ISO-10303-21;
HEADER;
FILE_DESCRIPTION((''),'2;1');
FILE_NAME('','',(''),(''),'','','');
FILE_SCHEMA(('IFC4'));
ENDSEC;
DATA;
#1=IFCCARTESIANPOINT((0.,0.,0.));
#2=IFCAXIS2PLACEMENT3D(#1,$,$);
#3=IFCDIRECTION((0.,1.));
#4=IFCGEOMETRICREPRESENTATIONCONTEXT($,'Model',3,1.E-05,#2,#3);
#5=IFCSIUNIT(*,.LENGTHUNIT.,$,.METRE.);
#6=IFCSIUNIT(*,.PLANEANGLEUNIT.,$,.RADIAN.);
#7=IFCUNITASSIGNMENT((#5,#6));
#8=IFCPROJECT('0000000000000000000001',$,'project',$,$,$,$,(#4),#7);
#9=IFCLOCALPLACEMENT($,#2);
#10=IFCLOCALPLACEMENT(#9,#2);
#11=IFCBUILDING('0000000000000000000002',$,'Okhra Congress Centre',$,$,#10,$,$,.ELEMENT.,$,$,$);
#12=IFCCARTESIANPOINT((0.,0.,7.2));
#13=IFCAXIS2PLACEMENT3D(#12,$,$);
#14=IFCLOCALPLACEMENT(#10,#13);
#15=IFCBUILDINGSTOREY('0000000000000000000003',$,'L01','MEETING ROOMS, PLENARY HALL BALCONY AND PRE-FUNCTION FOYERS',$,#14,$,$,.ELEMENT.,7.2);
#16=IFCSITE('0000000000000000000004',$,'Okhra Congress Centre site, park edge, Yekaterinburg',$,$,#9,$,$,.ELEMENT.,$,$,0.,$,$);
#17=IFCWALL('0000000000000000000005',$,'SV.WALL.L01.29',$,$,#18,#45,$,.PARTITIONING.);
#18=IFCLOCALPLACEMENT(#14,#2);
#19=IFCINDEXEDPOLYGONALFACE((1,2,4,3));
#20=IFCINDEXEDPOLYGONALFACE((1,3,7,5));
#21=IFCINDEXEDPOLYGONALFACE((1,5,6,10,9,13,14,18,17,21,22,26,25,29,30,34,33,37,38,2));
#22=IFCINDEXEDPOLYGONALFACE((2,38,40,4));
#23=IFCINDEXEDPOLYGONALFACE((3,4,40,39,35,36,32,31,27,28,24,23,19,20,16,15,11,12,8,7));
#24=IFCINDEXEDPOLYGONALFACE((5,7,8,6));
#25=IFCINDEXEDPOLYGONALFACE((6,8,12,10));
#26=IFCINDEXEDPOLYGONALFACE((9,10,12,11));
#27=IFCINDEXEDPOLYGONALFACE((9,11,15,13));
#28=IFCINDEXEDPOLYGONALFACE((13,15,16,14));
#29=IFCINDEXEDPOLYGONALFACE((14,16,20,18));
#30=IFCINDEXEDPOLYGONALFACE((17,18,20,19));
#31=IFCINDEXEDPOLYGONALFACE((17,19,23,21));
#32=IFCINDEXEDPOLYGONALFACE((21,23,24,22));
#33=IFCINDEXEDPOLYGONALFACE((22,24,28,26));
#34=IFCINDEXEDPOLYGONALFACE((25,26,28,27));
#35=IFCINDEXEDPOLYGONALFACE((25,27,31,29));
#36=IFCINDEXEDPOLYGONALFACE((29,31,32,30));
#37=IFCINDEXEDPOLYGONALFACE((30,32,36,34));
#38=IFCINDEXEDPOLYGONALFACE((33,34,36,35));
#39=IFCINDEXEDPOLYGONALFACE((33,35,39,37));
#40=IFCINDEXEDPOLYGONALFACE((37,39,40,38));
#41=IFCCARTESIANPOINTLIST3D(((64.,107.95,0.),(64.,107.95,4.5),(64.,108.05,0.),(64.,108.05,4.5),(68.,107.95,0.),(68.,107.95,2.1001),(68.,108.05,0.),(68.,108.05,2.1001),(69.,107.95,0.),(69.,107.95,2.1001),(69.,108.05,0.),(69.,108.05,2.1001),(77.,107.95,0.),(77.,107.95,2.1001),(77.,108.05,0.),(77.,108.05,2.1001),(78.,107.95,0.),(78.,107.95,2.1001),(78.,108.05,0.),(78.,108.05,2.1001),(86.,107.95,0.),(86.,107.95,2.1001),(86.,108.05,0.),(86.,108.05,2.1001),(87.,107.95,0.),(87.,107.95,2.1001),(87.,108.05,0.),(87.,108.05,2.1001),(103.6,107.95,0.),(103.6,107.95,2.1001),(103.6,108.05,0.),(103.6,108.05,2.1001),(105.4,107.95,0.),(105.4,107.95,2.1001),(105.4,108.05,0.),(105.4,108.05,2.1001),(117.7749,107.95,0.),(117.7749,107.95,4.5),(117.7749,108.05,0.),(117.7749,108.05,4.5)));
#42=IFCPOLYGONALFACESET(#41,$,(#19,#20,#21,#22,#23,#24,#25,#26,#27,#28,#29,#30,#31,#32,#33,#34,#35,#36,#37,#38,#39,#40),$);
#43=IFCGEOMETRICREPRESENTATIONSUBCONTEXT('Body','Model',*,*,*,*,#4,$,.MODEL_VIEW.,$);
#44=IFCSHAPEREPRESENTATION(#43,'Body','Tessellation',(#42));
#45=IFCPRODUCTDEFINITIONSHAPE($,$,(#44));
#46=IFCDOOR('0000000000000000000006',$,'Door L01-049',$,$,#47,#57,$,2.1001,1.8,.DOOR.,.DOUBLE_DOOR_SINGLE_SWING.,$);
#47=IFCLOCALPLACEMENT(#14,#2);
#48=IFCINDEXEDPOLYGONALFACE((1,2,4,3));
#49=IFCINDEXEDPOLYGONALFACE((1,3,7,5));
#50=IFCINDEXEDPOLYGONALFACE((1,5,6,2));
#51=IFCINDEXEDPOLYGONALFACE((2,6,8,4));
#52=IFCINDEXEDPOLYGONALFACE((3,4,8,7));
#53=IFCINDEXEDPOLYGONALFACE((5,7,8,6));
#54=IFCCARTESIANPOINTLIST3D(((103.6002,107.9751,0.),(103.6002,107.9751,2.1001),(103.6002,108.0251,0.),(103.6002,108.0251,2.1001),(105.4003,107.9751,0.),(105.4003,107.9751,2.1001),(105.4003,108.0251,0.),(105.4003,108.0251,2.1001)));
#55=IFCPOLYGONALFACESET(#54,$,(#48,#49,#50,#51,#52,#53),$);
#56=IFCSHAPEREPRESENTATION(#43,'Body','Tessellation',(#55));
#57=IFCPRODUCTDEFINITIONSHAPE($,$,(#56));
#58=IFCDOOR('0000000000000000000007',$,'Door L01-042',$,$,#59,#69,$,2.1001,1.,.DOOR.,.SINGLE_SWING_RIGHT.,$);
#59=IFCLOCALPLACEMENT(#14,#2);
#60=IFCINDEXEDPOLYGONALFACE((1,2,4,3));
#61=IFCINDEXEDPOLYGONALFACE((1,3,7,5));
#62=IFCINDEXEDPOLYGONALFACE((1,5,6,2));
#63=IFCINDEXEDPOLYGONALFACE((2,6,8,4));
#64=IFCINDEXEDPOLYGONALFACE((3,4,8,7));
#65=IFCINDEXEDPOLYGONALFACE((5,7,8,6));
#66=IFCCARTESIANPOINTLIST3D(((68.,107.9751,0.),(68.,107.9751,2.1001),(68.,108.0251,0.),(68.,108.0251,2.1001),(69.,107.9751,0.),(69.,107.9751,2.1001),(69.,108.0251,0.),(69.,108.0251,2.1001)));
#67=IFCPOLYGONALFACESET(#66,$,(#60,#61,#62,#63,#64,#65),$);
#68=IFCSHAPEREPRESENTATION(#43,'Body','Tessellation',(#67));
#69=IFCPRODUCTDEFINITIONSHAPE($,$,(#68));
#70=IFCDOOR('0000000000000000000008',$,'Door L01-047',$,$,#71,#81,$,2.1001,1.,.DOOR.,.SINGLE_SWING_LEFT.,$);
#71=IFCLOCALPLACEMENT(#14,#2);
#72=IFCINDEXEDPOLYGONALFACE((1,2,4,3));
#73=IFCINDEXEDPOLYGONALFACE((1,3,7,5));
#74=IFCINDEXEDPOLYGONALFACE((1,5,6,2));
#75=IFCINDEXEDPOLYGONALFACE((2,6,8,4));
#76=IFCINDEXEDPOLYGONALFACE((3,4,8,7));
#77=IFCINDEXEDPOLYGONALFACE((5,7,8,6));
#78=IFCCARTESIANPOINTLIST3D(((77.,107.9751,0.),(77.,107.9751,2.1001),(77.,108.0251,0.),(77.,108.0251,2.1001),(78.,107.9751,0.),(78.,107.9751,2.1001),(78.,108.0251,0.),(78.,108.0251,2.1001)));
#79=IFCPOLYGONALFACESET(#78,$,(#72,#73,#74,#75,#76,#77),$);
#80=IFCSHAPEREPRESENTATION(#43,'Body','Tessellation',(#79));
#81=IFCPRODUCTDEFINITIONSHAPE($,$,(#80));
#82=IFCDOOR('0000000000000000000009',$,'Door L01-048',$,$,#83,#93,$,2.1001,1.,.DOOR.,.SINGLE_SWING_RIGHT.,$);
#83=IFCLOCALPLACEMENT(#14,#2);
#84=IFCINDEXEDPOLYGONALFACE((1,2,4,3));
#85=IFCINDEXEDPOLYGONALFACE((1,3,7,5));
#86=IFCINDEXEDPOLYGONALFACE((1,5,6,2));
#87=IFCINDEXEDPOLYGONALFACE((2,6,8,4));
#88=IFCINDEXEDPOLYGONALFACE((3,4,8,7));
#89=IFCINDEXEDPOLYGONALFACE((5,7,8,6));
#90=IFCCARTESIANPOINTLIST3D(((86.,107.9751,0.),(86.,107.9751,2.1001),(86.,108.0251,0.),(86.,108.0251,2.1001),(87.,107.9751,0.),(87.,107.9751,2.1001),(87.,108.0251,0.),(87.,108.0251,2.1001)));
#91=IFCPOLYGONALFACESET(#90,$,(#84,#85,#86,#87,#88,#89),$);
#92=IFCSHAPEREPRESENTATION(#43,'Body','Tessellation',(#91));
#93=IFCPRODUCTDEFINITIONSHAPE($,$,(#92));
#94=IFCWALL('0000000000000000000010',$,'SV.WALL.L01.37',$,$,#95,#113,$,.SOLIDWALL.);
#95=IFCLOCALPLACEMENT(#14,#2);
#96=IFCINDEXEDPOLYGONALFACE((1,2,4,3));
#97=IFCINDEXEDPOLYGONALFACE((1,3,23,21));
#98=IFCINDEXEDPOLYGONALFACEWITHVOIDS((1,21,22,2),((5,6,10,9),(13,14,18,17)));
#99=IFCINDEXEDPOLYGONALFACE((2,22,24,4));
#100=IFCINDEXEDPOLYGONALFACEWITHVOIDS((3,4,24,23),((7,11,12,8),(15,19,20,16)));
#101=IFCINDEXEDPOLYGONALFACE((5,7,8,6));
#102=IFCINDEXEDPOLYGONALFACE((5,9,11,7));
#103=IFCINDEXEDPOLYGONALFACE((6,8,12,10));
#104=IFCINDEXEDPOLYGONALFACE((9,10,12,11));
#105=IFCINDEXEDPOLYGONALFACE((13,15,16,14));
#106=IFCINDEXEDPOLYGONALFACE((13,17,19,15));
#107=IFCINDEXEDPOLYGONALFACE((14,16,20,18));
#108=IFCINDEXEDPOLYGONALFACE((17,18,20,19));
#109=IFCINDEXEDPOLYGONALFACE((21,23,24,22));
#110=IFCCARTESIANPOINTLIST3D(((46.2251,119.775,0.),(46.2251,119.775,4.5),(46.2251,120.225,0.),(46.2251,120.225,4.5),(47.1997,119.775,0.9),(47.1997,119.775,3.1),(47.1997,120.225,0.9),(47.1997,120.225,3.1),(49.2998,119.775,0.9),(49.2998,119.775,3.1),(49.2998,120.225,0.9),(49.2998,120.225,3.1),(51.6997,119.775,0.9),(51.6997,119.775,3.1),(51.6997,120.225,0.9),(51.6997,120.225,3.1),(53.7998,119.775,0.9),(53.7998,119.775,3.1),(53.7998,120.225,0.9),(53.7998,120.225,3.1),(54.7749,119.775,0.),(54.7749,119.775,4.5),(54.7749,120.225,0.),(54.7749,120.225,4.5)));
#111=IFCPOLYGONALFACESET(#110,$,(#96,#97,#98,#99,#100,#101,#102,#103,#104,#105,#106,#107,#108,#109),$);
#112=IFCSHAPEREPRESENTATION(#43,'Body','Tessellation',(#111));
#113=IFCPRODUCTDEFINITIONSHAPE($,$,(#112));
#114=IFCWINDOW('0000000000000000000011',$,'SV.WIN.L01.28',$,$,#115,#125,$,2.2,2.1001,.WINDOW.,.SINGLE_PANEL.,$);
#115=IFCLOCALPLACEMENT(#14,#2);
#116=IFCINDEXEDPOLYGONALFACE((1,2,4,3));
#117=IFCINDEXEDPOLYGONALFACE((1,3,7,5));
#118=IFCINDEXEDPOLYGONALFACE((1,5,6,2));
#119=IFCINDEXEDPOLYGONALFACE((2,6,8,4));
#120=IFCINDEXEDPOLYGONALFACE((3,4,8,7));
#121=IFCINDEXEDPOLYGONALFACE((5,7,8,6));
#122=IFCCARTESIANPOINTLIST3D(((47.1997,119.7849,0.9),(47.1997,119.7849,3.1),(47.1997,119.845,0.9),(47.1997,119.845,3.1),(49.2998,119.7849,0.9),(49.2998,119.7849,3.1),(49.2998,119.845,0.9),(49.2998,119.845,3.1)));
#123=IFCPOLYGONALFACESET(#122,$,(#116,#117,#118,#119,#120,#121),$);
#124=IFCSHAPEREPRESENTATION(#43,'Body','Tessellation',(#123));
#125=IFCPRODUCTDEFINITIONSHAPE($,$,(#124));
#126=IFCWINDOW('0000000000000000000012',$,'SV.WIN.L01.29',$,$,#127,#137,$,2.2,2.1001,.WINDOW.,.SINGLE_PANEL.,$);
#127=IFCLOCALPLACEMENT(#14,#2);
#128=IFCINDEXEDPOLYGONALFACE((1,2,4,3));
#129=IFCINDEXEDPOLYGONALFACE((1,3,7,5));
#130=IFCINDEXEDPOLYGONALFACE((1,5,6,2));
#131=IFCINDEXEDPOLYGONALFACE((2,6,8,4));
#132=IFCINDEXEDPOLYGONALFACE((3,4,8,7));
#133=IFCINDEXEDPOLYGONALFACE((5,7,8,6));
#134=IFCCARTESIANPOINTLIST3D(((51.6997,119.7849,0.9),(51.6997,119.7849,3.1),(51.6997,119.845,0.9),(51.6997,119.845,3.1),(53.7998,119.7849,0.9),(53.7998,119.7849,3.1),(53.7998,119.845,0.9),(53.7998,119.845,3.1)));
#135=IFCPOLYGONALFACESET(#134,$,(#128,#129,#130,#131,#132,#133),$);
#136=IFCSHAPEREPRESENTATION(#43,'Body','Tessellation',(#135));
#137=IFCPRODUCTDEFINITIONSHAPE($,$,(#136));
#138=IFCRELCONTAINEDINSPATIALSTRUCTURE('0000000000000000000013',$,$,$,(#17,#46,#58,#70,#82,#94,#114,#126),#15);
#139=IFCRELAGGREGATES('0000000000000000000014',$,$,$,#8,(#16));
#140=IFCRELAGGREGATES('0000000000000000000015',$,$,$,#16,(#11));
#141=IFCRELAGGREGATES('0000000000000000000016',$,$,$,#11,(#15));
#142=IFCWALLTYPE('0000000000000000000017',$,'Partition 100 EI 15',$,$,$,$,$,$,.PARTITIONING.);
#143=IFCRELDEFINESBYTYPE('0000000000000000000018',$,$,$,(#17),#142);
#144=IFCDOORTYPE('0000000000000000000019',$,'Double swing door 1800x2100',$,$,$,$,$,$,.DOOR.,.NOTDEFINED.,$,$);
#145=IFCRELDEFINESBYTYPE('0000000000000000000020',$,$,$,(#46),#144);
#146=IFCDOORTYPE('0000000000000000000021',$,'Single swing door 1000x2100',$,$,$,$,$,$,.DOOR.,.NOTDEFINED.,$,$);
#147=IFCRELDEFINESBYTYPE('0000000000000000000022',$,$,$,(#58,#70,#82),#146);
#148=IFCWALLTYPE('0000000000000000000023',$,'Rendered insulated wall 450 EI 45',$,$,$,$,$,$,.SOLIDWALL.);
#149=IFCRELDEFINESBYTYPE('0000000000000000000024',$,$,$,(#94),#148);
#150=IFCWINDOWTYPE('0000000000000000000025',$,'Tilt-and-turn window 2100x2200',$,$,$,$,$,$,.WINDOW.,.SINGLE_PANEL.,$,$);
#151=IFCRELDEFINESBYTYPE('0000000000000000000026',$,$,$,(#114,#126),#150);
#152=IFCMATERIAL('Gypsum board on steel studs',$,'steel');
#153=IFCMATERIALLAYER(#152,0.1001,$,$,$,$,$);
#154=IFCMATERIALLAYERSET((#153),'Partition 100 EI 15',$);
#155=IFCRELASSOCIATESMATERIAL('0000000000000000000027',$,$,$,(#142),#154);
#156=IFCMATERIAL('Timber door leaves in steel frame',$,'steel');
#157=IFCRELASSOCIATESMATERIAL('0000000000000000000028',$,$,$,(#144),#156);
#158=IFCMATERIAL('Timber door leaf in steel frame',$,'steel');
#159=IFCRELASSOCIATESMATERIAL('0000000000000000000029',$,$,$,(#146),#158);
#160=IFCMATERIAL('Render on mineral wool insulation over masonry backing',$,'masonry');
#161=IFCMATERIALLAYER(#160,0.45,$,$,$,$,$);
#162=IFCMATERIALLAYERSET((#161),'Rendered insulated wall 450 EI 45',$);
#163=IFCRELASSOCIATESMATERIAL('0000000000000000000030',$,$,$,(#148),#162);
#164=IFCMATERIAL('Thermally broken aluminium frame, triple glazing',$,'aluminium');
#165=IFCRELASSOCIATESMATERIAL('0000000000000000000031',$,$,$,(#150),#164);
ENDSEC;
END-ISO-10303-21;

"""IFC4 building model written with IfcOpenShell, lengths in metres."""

from ifc_helpers import new_model, si_unit, direction, frame, frame_2d, origin, place, context, subcontext, project, spatial, rectangle, extrude, material, layer, layer_set, type_object, element, fill, save


model = new_model("IFC4")

# Units and contexts
model_context = context("Model", 3, precision=1e-05, world=origin(), true_north=direction((0.0, 1.0)))
body_context = subcontext(model_context, "Body", "Model", "MODEL_VIEW")
ifc_project = project(units=[si_unit("LENGTHUNIT", "METRE"), si_unit("PLANEANGLEUNIT", "RADIAN")], contexts=[model_context])

# Site, building, storey
site_placement = place(None, origin())
site = spatial("IfcSite", under=ifc_project, at=site_placement, Name="Okhra Congress Centre site, park edge, Yekaterinburg", CompositionType="ELEMENT", RefElevation=0.0)
building_placement = place(site_placement, origin())
building = spatial("IfcBuilding", under=site, at=building_placement, Name="Okhra Congress Centre", CompositionType="ELEMENT")
storey_placement = place(building_placement, frame((0.0, 0.0, 7.2)))
storey = spatial("IfcBuildingStorey", under=building, at=storey_placement, Name="L01", Description="MEETING ROOMS, PLENARY HALL BALCONY AND PRE-FUNCTION FOYERS", CompositionType="ELEMENT", Elevation=7.2)

# Wall, openings, doors
ifc_material_1 = material(Name="Gypsum board on steel studs", Category="steel")
ifc_layer_1 = layer(ifc_material_1, 0.1001)
ifc_layer_set_1 = layer_set([ifc_layer_1], Name="Partition 100 EI 15")
wall_type_1 = type_object("IfcWallType", Name="Partition 100 EI 15", PredefinedType="PARTITIONING", material=ifc_layer_set_1)
wall_1_placement = place(storey_placement, frame((64.0, 108.0, 0.0), z_axis=(0.0, 0.0, 1.0), x_axis=(1.0, 0.0, 0.0)))
wall_1 = element("IfcWall", 1, at=wall_1_placement, inside=storey, type_object=wall_type_1, Name="SV.WALL.L01.29", PredefinedType="PARTITIONING", context=body_context, shape_type="SweptSolid", body=[
    extrude(rectangle(XDim=53.7749, YDim=0.1001, at=frame_2d((26.8875, 0.0))), origin(), (0.0, 0.0, 1.0), 4.5),
])
opening_1_placement = place(wall_1_placement, frame((4.0, 0.0, 0.0)))
opening_1 = element("IfcOpeningElement", 2, at=opening_1_placement, cuts=wall_1, PredefinedType="OPENING", context=body_context, shape_type="SweptSolid", body=[
    extrude(rectangle(XDim=1.0, YDim=2.1001, at=frame_2d((0.5, 1.05))), frame((0.0, 0.0601, 0.0), z_axis=(0.0, -1.0, 0.0), x_axis=(1.0, 0.0, 0.0)), (0.0, 0.0, 1.0), 0.1201),
])
opening_2_placement = place(wall_1_placement, frame((13.0, 0.0, 0.0)))
opening_2 = element("IfcOpeningElement", 3, at=opening_2_placement, cuts=wall_1, PredefinedType="OPENING", context=body_context, shape_type="SweptSolid", body=[
    extrude(rectangle(XDim=1.0, YDim=2.1001, at=frame_2d((0.5, 1.05))), frame((0.0, 0.0601, 0.0), z_axis=(0.0, -1.0, 0.0), x_axis=(1.0, 0.0, 0.0)), (0.0, 0.0, 1.0), 0.1201),
])
opening_3_placement = place(wall_1_placement, frame((22.0, 0.0, 0.0)))
opening_3 = element("IfcOpeningElement", 4, at=opening_3_placement, cuts=wall_1, PredefinedType="OPENING", context=body_context, shape_type="SweptSolid", body=[
    extrude(rectangle(XDim=1.0, YDim=2.1001, at=frame_2d((0.5, 1.05))), frame((0.0, 0.0601, 0.0), z_axis=(0.0, -1.0, 0.0), x_axis=(1.0, 0.0, 0.0)), (0.0, 0.0, 1.0), 0.1201),
])
opening_4_placement = place(wall_1_placement, frame((39.6001, 0.0, 0.0)))
opening_4 = element("IfcOpeningElement", 5, at=opening_4_placement, cuts=wall_1, PredefinedType="OPENING", context=body_context, shape_type="SweptSolid", body=[
    extrude(rectangle(XDim=1.8, YDim=2.1001, at=frame_2d((0.8999, 1.05))), frame((0.0, 0.0601, 0.0), z_axis=(0.0, -1.0, 0.0), x_axis=(1.0, 0.0, 0.0)), (0.0, 0.0, 1.0), 0.1201),
])
ifc_material_2 = material(Name="Timber door leaves in steel frame", Category="steel")
door_type_1 = type_object("IfcDoorType", Name="Double swing door 1800x2100", OperationType="NOTDEFINED", PredefinedType="DOOR", material=ifc_material_2)
door_1_placement = place(opening_4_placement, frame((1.8, 0.0, 0.0), z_axis=(0.0, 0.0, 1.0), x_axis=(-1.0, 0.0, 0.0)))
door_1 = element("IfcDoor", 6, at=door_1_placement, inside=storey, type_object=door_type_1, Name="Door L01-049", OperationType="DOUBLE_DOOR_SINGLE_SWING", OverallHeight=2.1001, OverallWidth=1.8, PredefinedType="DOOR", context=body_context, shape_type="SweptSolid", body=[
    extrude(rectangle(XDim=1.8, YDim=2.1001, at=frame_2d((0.8999, 1.05))), frame((0.0, 0.0249, 0.0), z_axis=(0.0, -1.0, 0.0), x_axis=(1.0, 0.0, 0.0)), (0.0, 0.0, 1.0), 0.05),
])
fill(opening_4, door_1)
ifc_material_3 = material(Name="Timber door leaf in steel frame", Category="steel")
door_type_2 = type_object("IfcDoorType", Name="Single swing door 1000x2100", OperationType="NOTDEFINED", PredefinedType="DOOR", material=ifc_material_3)
door_2_placement = place(opening_1_placement, frame((1.0, 0.0, 0.0), z_axis=(0.0, 0.0, 1.0), x_axis=(-1.0, 0.0, 0.0)))
door_2 = element("IfcDoor", 7, at=door_2_placement, inside=storey, type_object=door_type_2, Name="Door L01-042", OperationType="SINGLE_SWING_RIGHT", OverallHeight=2.1001, OverallWidth=1.0, PredefinedType="DOOR", context=body_context, shape_type="SweptSolid", body=[
    extrude(rectangle(XDim=1.0, YDim=2.1001, at=frame_2d((0.5, 1.05))), frame((0.0, 0.0249, 0.0), z_axis=(0.0, -1.0, 0.0), x_axis=(1.0, 0.0, 0.0)), (0.0, 0.0, 1.0), 0.05),
])
fill(opening_1, door_2)
door_3_placement = place(opening_2_placement, frame((1.0, 0.0, 0.0), z_axis=(0.0, 0.0, 1.0), x_axis=(-1.0, 0.0, 0.0)))
door_3 = element("IfcDoor", 8, at=door_3_placement, inside=storey, type_object=door_type_2, Name="Door L01-047", OperationType="SINGLE_SWING_LEFT", OverallHeight=2.1001, OverallWidth=1.0, PredefinedType="DOOR", context=body_context, shape_type="SweptSolid", body=[
    extrude(rectangle(XDim=1.0, YDim=2.1001, at=frame_2d((0.5, 1.05))), frame((0.0, 0.0249, 0.0), z_axis=(0.0, -1.0, 0.0), x_axis=(1.0, 0.0, 0.0)), (0.0, 0.0, 1.0), 0.05),
])
fill(opening_2, door_3)
door_4_placement = place(opening_3_placement, frame((1.0, 0.0, 0.0), z_axis=(0.0, 0.0, 1.0), x_axis=(-1.0, 0.0, 0.0)))
door_4 = element("IfcDoor", 9, at=door_4_placement, inside=storey, type_object=door_type_2, Name="Door L01-048", OperationType="SINGLE_SWING_RIGHT", OverallHeight=2.1001, OverallWidth=1.0, PredefinedType="DOOR", context=body_context, shape_type="SweptSolid", body=[
    extrude(rectangle(XDim=1.0, YDim=2.1001, at=frame_2d((0.5, 1.05))), frame((0.0, 0.0249, 0.0), z_axis=(0.0, -1.0, 0.0), x_axis=(1.0, 0.0, 0.0)), (0.0, 0.0, 1.0), 0.05),
])
fill(opening_3, door_4)

# Wall, openings, windows
ifc_material_4 = material(Name="Render on mineral wool insulation over masonry backing", Category="masonry")
ifc_layer_2 = layer(ifc_material_4, 0.45)
ifc_layer_set_2 = layer_set([ifc_layer_2], Name="Rendered insulated wall 450 EI 45")
wall_type_2 = type_object("IfcWallType", Name="Rendered insulated wall 450 EI 45", PredefinedType="SOLIDWALL", material=ifc_layer_set_2)
wall_2_placement = place(storey_placement, frame((54.7749, 120.0, 0.0), z_axis=(0.0, 0.0, 1.0), x_axis=(-1.0, 0.0, 0.0)))
wall_2 = element("IfcWall", 10, at=wall_2_placement, inside=storey, type_object=wall_type_2, Name="SV.WALL.L01.37", PredefinedType="SOLIDWALL", context=body_context, shape_type="SweptSolid", body=[
    extrude(rectangle(XDim=8.5498, YDim=0.45, at=frame_2d((4.2749, 0.0))), origin(), (0.0, 0.0, 1.0), 4.5),
])
opening_5_placement = place(wall_2_placement, frame((5.4751, 0.0, 0.8999)))
opening_5 = element("IfcOpeningElement", 11, at=opening_5_placement, cuts=wall_2, PredefinedType="OPENING", context=body_context, shape_type="SweptSolid", body=[
    extrude(rectangle(XDim=2.1001, YDim=2.2, at=frame_2d((1.05, 1.1001))), frame((0.0, 0.2349, 0.0), z_axis=(0.0, -1.0, 0.0), x_axis=(1.0, 0.0, 0.0)), (0.0, 0.0, 1.0), 0.47),
])
opening_6_placement = place(wall_2_placement, frame((0.9751, 0.0, 0.8999)))
opening_6 = element("IfcOpeningElement", 12, at=opening_6_placement, cuts=wall_2, PredefinedType="OPENING", context=body_context, shape_type="SweptSolid", body=[
    extrude(rectangle(XDim=2.1001, YDim=2.2, at=frame_2d((1.05, 1.1001))), frame((0.0, 0.2349, 0.0), z_axis=(0.0, -1.0, 0.0), x_axis=(1.0, 0.0, 0.0)), (0.0, 0.0, 1.0), 0.47),
])
ifc_material_5 = material(Name="Thermally broken aluminium frame, triple glazing", Category="aluminium")
window_type = type_object("IfcWindowType", Name="Tilt-and-turn window 2100x2200", PartitioningType="SINGLE_PANEL", PredefinedType="WINDOW", material=ifc_material_5)
window_1_placement = place(opening_5_placement, origin())
window_1 = element("IfcWindow", 13, at=window_1_placement, inside=storey, type_object=window_type, Name="SV.WIN.L01.28", OverallHeight=2.2, OverallWidth=2.1001, PartitioningType="SINGLE_PANEL", PredefinedType="WINDOW", context=body_context, shape_type="SweptSolid", body=[
    extrude(rectangle(XDim=2.1001, YDim=2.2, at=frame_2d((1.05, 1.1001))), frame((0.0, 0.2151, 0.0), z_axis=(0.0, -1.0, 0.0), x_axis=(1.0, 0.0, 0.0)), (0.0, 0.0, 1.0), 0.0601),
])
fill(opening_5, window_1)
window_2_placement = place(opening_6_placement, origin())
window_2 = element("IfcWindow", 14, at=window_2_placement, inside=storey, type_object=window_type, Name="SV.WIN.L01.29", OverallHeight=2.2, OverallWidth=2.1001, PartitioningType="SINGLE_PANEL", PredefinedType="WINDOW", context=body_context, shape_type="SweptSolid", body=[
    extrude(rectangle(XDim=2.1001, YDim=2.2, at=frame_2d((1.05, 1.1001))), frame((0.0, 0.2151, 0.0), z_axis=(0.0, -1.0, 0.0), x_axis=(1.0, 0.0, 0.0)), (0.0, 0.0, 1.0), 0.0601),
])
fill(opening_6, window_2)

save(model, "model.ifc")
